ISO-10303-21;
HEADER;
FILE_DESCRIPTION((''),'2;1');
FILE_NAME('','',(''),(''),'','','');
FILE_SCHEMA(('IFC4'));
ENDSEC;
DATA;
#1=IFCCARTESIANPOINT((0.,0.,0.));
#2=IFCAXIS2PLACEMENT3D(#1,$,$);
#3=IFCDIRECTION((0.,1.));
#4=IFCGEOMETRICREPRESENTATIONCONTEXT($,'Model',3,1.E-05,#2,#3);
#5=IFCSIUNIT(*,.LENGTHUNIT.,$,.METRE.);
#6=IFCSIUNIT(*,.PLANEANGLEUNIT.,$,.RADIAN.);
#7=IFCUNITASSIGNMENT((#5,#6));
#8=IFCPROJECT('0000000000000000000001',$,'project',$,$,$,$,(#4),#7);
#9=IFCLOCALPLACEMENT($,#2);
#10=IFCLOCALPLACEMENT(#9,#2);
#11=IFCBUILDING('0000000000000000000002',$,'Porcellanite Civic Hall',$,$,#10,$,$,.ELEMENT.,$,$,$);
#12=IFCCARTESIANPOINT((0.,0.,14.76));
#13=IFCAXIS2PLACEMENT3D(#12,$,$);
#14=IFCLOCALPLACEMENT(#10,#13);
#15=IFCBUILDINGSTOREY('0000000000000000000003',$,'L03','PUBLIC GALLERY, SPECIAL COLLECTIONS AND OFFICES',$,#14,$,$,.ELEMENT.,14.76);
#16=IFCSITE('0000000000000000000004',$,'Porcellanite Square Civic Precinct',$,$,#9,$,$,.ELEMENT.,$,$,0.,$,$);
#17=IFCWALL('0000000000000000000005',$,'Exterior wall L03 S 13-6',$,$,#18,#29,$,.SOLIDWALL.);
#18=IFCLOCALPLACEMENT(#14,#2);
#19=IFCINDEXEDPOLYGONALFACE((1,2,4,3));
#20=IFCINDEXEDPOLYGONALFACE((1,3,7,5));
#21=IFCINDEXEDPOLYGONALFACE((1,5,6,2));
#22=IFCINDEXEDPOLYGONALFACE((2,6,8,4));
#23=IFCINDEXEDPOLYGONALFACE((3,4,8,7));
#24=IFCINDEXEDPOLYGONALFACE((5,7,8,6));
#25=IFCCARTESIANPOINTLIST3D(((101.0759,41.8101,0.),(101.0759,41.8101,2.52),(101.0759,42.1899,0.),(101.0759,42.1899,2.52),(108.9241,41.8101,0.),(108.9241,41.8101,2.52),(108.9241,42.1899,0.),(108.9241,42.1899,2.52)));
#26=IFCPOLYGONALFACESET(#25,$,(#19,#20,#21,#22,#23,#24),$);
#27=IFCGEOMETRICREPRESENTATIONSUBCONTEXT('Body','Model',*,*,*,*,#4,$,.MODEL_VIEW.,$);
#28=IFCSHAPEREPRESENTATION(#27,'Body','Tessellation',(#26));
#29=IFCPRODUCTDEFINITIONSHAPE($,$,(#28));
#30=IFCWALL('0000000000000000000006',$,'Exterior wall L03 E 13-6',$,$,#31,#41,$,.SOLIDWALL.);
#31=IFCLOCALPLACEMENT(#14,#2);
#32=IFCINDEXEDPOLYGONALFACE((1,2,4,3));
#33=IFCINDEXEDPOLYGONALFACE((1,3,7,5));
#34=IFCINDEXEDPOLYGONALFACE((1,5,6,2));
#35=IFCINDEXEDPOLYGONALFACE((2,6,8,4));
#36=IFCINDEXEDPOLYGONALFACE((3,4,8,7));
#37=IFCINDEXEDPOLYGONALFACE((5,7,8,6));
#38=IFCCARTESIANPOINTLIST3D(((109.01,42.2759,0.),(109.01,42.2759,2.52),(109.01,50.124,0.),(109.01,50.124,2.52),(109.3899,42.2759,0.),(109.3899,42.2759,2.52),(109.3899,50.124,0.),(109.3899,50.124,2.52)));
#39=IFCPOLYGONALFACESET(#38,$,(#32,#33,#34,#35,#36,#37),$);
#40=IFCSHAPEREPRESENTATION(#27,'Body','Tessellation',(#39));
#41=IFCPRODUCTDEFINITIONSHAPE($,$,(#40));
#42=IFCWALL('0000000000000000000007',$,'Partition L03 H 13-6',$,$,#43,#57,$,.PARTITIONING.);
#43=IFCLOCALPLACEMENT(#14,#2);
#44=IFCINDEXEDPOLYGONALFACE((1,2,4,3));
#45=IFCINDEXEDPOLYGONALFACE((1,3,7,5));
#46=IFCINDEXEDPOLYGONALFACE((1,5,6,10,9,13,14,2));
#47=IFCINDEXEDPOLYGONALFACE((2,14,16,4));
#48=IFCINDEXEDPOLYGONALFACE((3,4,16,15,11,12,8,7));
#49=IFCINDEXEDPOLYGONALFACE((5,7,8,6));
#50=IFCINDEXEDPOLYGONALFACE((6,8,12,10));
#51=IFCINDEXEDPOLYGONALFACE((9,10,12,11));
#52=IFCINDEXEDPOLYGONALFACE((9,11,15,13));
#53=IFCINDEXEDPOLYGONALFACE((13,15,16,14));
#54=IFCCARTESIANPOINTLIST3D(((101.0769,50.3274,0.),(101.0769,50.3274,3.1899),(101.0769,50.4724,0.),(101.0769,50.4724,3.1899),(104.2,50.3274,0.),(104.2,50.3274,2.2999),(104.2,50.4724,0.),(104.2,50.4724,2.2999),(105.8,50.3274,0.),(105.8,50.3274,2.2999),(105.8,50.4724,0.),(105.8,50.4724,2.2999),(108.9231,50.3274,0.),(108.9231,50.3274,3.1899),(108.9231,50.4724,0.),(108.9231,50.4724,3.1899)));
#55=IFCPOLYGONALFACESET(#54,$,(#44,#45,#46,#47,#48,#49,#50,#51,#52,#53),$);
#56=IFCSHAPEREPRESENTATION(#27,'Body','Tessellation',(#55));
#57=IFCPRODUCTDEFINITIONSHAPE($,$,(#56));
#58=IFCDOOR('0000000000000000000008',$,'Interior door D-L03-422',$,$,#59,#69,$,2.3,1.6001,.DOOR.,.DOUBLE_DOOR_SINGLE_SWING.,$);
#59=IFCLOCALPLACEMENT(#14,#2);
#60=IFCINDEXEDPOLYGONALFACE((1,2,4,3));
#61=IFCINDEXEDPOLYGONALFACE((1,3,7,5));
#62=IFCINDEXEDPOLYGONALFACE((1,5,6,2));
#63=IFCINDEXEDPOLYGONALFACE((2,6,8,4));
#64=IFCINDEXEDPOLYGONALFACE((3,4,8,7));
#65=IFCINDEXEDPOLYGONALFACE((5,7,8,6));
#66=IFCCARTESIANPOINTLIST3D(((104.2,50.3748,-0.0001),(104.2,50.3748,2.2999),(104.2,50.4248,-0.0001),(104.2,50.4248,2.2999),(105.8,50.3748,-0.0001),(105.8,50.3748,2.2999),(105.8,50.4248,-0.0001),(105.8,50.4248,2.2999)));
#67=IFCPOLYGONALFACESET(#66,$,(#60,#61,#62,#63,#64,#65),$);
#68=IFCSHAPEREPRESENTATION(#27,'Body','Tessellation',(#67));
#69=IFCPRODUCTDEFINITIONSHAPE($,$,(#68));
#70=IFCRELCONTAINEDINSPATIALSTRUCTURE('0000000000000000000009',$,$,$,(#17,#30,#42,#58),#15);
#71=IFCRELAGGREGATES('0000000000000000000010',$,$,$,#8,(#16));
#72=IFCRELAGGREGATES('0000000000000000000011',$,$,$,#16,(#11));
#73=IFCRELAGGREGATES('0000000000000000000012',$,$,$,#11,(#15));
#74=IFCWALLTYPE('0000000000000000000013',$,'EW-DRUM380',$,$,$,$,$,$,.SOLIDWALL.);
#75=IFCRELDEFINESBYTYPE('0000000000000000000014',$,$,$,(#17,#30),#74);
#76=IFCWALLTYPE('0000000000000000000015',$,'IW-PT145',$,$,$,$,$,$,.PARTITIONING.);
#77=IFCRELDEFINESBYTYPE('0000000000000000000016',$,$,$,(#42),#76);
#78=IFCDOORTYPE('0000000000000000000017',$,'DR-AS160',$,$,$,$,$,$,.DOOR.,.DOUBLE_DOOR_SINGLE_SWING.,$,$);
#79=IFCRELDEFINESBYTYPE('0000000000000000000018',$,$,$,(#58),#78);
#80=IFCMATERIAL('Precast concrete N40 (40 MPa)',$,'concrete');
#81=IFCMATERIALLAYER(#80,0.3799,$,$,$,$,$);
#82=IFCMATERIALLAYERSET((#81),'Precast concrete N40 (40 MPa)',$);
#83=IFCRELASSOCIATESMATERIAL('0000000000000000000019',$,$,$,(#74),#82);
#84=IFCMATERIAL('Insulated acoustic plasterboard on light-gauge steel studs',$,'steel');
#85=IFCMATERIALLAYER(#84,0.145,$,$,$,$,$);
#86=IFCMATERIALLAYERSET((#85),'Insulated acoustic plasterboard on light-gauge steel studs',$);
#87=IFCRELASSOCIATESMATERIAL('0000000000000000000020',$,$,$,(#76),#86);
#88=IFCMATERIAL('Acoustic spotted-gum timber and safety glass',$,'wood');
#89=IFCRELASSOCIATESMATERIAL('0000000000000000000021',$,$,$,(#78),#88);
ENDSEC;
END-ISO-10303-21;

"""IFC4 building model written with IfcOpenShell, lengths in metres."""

from ifc_helpers import new_model, si_unit, direction, frame, frame_2d, origin, place, context, subcontext, project, spatial, rectangle, extrude, material, layer, layer_set, type_object, element, fill, save


model = new_model("IFC4")

# Units and contexts
model_context = context("Model", 3, precision=1e-05, world=origin(), true_north=direction((0.0, 1.0)))
body_context = subcontext(model_context, "Body", "Model", "MODEL_VIEW")
ifc_project = project(units=[si_unit("LENGTHUNIT", "METRE"), si_unit("PLANEANGLEUNIT", "RADIAN")], contexts=[model_context])

# Site, building, storey
site_placement = place(None, origin())
site = spatial("IfcSite", under=ifc_project, at=site_placement, Name="Porcellanite Square Civic Precinct", CompositionType="ELEMENT", RefElevation=0.0)
building_placement = place(site_placement, origin())
building = spatial("IfcBuilding", under=site, at=building_placement, Name="Porcellanite Civic Hall", CompositionType="ELEMENT")
storey_placement = place(building_placement, frame((0.0, 0.0, 14.76)))
storey = spatial("IfcBuildingStorey", under=building, at=storey_placement, Name="L03", Description="PUBLIC GALLERY, SPECIAL COLLECTIONS AND OFFICES", CompositionType="ELEMENT", Elevation=14.76)

# Walls
ifc_material_1 = material(Name="Precast concrete N40 (40 MPa)", Category="concrete")
ifc_layer_1 = layer(ifc_material_1, 0.3799)
ifc_layer_set_1 = layer_set([ifc_layer_1], Name="Precast concrete N40 (40 MPa)")
wall_type_1 = type_object("IfcWallType", Name="EW-DRUM380", PredefinedType="SOLIDWALL", material=ifc_layer_set_1)
for number, where, z_axis, x_axis, name in (
    (1, (108.9241, 42.0, 0.0), (0.0, 0.0, 1.0), (-1.0, 0.0, 0.0), "Exterior wall L03 S 13-6"),
    (2, (109.2, 50.124, 0.0), (0.0, 0.0, 1.0), (0.0, -1.0, 0.0), "Exterior wall L03 E 13-6"),
):
    element("IfcWall", number, at=place(storey_placement, frame(where, z_axis=z_axis, x_axis=x_axis)), inside=storey, type_object=wall_type_1, Name=name, PredefinedType="SOLIDWALL", context=body_context, shape_type="SweptSolid", body=[
        extrude(rectangle(XDim=7.8481, YDim=0.3799, at=frame_2d((3.9241, 0.0))), origin(), (0.0, 0.0, 1.0), 2.52),
    ])

# Wall, opening, door
ifc_material_2 = material(Name="Insulated acoustic plasterboard on light-gauge steel studs", Category="steel")
ifc_layer_2 = layer(ifc_material_2, 0.145)
ifc_layer_set_2 = layer_set([ifc_layer_2], Name="Insulated acoustic plasterboard on light-gauge steel studs")
wall_type_2 = type_object("IfcWallType", Name="IW-PT145", PredefinedType="PARTITIONING", material=ifc_layer_set_2)
wall_placement = place(storey_placement, frame((101.0769, 50.3999, 0.0), z_axis=(0.0, 0.0, 1.0), x_axis=(1.0, 0.0, 0.0)))
wall = element("IfcWall", 3, at=wall_placement, inside=storey, type_object=wall_type_2, Name="Partition L03 H 13-6", PredefinedType="PARTITIONING", context=body_context, shape_type="SweptSolid", body=[
    extrude(rectangle(XDim=7.8462, YDim=0.145, at=frame_2d((3.9231, 0.0))), origin(), (0.0, 0.0, 1.0), 3.1899),
])
opening_placement = place(wall_placement, frame((3.123, 0.0, 0.0)))
opening = element("IfcOpeningElement", 4, at=opening_placement, cuts=wall, PredefinedType="OPENING", context=body_context, shape_type="SweptSolid", body=[
    extrude(rectangle(XDim=1.6001, YDim=2.3, at=frame_2d((0.8, 1.1499))), frame((0.0, 0.0725, 0.0), z_axis=(0.0, -1.0, 0.0), x_axis=(1.0, 0.0, 0.0)), (0.0, 0.0, 1.0), 0.145),
])
ifc_material_3 = material(Name="Acoustic spotted-gum timber and safety glass", Category="wood")
door_type = type_object("IfcDoorType", Name="DR-AS160", OperationType="DOUBLE_DOOR_SINGLE_SWING", PredefinedType="DOOR", material=ifc_material_3)
door_placement = place(opening_placement, origin())
door = element("IfcDoor", 5, at=door_placement, inside=storey, type_object=door_type, Name="Interior door D-L03-422", OperationType="DOUBLE_DOOR_SINGLE_SWING", OverallHeight=2.3, OverallWidth=1.6001, PredefinedType="DOOR", context=body_context, shape_type="SweptSolid", body=[
    extrude(rectangle(XDim=1.6001, YDim=2.3, at=frame_2d((0.8, 1.1499))), frame((0.0, 0.0249, 0.0), z_axis=(0.0, -1.0, 0.0), x_axis=(1.0, 0.0, 0.0)), (0.0, 0.0, 1.0), 0.05),
])
fill(opening, door)

save(model, "model.ifc")
